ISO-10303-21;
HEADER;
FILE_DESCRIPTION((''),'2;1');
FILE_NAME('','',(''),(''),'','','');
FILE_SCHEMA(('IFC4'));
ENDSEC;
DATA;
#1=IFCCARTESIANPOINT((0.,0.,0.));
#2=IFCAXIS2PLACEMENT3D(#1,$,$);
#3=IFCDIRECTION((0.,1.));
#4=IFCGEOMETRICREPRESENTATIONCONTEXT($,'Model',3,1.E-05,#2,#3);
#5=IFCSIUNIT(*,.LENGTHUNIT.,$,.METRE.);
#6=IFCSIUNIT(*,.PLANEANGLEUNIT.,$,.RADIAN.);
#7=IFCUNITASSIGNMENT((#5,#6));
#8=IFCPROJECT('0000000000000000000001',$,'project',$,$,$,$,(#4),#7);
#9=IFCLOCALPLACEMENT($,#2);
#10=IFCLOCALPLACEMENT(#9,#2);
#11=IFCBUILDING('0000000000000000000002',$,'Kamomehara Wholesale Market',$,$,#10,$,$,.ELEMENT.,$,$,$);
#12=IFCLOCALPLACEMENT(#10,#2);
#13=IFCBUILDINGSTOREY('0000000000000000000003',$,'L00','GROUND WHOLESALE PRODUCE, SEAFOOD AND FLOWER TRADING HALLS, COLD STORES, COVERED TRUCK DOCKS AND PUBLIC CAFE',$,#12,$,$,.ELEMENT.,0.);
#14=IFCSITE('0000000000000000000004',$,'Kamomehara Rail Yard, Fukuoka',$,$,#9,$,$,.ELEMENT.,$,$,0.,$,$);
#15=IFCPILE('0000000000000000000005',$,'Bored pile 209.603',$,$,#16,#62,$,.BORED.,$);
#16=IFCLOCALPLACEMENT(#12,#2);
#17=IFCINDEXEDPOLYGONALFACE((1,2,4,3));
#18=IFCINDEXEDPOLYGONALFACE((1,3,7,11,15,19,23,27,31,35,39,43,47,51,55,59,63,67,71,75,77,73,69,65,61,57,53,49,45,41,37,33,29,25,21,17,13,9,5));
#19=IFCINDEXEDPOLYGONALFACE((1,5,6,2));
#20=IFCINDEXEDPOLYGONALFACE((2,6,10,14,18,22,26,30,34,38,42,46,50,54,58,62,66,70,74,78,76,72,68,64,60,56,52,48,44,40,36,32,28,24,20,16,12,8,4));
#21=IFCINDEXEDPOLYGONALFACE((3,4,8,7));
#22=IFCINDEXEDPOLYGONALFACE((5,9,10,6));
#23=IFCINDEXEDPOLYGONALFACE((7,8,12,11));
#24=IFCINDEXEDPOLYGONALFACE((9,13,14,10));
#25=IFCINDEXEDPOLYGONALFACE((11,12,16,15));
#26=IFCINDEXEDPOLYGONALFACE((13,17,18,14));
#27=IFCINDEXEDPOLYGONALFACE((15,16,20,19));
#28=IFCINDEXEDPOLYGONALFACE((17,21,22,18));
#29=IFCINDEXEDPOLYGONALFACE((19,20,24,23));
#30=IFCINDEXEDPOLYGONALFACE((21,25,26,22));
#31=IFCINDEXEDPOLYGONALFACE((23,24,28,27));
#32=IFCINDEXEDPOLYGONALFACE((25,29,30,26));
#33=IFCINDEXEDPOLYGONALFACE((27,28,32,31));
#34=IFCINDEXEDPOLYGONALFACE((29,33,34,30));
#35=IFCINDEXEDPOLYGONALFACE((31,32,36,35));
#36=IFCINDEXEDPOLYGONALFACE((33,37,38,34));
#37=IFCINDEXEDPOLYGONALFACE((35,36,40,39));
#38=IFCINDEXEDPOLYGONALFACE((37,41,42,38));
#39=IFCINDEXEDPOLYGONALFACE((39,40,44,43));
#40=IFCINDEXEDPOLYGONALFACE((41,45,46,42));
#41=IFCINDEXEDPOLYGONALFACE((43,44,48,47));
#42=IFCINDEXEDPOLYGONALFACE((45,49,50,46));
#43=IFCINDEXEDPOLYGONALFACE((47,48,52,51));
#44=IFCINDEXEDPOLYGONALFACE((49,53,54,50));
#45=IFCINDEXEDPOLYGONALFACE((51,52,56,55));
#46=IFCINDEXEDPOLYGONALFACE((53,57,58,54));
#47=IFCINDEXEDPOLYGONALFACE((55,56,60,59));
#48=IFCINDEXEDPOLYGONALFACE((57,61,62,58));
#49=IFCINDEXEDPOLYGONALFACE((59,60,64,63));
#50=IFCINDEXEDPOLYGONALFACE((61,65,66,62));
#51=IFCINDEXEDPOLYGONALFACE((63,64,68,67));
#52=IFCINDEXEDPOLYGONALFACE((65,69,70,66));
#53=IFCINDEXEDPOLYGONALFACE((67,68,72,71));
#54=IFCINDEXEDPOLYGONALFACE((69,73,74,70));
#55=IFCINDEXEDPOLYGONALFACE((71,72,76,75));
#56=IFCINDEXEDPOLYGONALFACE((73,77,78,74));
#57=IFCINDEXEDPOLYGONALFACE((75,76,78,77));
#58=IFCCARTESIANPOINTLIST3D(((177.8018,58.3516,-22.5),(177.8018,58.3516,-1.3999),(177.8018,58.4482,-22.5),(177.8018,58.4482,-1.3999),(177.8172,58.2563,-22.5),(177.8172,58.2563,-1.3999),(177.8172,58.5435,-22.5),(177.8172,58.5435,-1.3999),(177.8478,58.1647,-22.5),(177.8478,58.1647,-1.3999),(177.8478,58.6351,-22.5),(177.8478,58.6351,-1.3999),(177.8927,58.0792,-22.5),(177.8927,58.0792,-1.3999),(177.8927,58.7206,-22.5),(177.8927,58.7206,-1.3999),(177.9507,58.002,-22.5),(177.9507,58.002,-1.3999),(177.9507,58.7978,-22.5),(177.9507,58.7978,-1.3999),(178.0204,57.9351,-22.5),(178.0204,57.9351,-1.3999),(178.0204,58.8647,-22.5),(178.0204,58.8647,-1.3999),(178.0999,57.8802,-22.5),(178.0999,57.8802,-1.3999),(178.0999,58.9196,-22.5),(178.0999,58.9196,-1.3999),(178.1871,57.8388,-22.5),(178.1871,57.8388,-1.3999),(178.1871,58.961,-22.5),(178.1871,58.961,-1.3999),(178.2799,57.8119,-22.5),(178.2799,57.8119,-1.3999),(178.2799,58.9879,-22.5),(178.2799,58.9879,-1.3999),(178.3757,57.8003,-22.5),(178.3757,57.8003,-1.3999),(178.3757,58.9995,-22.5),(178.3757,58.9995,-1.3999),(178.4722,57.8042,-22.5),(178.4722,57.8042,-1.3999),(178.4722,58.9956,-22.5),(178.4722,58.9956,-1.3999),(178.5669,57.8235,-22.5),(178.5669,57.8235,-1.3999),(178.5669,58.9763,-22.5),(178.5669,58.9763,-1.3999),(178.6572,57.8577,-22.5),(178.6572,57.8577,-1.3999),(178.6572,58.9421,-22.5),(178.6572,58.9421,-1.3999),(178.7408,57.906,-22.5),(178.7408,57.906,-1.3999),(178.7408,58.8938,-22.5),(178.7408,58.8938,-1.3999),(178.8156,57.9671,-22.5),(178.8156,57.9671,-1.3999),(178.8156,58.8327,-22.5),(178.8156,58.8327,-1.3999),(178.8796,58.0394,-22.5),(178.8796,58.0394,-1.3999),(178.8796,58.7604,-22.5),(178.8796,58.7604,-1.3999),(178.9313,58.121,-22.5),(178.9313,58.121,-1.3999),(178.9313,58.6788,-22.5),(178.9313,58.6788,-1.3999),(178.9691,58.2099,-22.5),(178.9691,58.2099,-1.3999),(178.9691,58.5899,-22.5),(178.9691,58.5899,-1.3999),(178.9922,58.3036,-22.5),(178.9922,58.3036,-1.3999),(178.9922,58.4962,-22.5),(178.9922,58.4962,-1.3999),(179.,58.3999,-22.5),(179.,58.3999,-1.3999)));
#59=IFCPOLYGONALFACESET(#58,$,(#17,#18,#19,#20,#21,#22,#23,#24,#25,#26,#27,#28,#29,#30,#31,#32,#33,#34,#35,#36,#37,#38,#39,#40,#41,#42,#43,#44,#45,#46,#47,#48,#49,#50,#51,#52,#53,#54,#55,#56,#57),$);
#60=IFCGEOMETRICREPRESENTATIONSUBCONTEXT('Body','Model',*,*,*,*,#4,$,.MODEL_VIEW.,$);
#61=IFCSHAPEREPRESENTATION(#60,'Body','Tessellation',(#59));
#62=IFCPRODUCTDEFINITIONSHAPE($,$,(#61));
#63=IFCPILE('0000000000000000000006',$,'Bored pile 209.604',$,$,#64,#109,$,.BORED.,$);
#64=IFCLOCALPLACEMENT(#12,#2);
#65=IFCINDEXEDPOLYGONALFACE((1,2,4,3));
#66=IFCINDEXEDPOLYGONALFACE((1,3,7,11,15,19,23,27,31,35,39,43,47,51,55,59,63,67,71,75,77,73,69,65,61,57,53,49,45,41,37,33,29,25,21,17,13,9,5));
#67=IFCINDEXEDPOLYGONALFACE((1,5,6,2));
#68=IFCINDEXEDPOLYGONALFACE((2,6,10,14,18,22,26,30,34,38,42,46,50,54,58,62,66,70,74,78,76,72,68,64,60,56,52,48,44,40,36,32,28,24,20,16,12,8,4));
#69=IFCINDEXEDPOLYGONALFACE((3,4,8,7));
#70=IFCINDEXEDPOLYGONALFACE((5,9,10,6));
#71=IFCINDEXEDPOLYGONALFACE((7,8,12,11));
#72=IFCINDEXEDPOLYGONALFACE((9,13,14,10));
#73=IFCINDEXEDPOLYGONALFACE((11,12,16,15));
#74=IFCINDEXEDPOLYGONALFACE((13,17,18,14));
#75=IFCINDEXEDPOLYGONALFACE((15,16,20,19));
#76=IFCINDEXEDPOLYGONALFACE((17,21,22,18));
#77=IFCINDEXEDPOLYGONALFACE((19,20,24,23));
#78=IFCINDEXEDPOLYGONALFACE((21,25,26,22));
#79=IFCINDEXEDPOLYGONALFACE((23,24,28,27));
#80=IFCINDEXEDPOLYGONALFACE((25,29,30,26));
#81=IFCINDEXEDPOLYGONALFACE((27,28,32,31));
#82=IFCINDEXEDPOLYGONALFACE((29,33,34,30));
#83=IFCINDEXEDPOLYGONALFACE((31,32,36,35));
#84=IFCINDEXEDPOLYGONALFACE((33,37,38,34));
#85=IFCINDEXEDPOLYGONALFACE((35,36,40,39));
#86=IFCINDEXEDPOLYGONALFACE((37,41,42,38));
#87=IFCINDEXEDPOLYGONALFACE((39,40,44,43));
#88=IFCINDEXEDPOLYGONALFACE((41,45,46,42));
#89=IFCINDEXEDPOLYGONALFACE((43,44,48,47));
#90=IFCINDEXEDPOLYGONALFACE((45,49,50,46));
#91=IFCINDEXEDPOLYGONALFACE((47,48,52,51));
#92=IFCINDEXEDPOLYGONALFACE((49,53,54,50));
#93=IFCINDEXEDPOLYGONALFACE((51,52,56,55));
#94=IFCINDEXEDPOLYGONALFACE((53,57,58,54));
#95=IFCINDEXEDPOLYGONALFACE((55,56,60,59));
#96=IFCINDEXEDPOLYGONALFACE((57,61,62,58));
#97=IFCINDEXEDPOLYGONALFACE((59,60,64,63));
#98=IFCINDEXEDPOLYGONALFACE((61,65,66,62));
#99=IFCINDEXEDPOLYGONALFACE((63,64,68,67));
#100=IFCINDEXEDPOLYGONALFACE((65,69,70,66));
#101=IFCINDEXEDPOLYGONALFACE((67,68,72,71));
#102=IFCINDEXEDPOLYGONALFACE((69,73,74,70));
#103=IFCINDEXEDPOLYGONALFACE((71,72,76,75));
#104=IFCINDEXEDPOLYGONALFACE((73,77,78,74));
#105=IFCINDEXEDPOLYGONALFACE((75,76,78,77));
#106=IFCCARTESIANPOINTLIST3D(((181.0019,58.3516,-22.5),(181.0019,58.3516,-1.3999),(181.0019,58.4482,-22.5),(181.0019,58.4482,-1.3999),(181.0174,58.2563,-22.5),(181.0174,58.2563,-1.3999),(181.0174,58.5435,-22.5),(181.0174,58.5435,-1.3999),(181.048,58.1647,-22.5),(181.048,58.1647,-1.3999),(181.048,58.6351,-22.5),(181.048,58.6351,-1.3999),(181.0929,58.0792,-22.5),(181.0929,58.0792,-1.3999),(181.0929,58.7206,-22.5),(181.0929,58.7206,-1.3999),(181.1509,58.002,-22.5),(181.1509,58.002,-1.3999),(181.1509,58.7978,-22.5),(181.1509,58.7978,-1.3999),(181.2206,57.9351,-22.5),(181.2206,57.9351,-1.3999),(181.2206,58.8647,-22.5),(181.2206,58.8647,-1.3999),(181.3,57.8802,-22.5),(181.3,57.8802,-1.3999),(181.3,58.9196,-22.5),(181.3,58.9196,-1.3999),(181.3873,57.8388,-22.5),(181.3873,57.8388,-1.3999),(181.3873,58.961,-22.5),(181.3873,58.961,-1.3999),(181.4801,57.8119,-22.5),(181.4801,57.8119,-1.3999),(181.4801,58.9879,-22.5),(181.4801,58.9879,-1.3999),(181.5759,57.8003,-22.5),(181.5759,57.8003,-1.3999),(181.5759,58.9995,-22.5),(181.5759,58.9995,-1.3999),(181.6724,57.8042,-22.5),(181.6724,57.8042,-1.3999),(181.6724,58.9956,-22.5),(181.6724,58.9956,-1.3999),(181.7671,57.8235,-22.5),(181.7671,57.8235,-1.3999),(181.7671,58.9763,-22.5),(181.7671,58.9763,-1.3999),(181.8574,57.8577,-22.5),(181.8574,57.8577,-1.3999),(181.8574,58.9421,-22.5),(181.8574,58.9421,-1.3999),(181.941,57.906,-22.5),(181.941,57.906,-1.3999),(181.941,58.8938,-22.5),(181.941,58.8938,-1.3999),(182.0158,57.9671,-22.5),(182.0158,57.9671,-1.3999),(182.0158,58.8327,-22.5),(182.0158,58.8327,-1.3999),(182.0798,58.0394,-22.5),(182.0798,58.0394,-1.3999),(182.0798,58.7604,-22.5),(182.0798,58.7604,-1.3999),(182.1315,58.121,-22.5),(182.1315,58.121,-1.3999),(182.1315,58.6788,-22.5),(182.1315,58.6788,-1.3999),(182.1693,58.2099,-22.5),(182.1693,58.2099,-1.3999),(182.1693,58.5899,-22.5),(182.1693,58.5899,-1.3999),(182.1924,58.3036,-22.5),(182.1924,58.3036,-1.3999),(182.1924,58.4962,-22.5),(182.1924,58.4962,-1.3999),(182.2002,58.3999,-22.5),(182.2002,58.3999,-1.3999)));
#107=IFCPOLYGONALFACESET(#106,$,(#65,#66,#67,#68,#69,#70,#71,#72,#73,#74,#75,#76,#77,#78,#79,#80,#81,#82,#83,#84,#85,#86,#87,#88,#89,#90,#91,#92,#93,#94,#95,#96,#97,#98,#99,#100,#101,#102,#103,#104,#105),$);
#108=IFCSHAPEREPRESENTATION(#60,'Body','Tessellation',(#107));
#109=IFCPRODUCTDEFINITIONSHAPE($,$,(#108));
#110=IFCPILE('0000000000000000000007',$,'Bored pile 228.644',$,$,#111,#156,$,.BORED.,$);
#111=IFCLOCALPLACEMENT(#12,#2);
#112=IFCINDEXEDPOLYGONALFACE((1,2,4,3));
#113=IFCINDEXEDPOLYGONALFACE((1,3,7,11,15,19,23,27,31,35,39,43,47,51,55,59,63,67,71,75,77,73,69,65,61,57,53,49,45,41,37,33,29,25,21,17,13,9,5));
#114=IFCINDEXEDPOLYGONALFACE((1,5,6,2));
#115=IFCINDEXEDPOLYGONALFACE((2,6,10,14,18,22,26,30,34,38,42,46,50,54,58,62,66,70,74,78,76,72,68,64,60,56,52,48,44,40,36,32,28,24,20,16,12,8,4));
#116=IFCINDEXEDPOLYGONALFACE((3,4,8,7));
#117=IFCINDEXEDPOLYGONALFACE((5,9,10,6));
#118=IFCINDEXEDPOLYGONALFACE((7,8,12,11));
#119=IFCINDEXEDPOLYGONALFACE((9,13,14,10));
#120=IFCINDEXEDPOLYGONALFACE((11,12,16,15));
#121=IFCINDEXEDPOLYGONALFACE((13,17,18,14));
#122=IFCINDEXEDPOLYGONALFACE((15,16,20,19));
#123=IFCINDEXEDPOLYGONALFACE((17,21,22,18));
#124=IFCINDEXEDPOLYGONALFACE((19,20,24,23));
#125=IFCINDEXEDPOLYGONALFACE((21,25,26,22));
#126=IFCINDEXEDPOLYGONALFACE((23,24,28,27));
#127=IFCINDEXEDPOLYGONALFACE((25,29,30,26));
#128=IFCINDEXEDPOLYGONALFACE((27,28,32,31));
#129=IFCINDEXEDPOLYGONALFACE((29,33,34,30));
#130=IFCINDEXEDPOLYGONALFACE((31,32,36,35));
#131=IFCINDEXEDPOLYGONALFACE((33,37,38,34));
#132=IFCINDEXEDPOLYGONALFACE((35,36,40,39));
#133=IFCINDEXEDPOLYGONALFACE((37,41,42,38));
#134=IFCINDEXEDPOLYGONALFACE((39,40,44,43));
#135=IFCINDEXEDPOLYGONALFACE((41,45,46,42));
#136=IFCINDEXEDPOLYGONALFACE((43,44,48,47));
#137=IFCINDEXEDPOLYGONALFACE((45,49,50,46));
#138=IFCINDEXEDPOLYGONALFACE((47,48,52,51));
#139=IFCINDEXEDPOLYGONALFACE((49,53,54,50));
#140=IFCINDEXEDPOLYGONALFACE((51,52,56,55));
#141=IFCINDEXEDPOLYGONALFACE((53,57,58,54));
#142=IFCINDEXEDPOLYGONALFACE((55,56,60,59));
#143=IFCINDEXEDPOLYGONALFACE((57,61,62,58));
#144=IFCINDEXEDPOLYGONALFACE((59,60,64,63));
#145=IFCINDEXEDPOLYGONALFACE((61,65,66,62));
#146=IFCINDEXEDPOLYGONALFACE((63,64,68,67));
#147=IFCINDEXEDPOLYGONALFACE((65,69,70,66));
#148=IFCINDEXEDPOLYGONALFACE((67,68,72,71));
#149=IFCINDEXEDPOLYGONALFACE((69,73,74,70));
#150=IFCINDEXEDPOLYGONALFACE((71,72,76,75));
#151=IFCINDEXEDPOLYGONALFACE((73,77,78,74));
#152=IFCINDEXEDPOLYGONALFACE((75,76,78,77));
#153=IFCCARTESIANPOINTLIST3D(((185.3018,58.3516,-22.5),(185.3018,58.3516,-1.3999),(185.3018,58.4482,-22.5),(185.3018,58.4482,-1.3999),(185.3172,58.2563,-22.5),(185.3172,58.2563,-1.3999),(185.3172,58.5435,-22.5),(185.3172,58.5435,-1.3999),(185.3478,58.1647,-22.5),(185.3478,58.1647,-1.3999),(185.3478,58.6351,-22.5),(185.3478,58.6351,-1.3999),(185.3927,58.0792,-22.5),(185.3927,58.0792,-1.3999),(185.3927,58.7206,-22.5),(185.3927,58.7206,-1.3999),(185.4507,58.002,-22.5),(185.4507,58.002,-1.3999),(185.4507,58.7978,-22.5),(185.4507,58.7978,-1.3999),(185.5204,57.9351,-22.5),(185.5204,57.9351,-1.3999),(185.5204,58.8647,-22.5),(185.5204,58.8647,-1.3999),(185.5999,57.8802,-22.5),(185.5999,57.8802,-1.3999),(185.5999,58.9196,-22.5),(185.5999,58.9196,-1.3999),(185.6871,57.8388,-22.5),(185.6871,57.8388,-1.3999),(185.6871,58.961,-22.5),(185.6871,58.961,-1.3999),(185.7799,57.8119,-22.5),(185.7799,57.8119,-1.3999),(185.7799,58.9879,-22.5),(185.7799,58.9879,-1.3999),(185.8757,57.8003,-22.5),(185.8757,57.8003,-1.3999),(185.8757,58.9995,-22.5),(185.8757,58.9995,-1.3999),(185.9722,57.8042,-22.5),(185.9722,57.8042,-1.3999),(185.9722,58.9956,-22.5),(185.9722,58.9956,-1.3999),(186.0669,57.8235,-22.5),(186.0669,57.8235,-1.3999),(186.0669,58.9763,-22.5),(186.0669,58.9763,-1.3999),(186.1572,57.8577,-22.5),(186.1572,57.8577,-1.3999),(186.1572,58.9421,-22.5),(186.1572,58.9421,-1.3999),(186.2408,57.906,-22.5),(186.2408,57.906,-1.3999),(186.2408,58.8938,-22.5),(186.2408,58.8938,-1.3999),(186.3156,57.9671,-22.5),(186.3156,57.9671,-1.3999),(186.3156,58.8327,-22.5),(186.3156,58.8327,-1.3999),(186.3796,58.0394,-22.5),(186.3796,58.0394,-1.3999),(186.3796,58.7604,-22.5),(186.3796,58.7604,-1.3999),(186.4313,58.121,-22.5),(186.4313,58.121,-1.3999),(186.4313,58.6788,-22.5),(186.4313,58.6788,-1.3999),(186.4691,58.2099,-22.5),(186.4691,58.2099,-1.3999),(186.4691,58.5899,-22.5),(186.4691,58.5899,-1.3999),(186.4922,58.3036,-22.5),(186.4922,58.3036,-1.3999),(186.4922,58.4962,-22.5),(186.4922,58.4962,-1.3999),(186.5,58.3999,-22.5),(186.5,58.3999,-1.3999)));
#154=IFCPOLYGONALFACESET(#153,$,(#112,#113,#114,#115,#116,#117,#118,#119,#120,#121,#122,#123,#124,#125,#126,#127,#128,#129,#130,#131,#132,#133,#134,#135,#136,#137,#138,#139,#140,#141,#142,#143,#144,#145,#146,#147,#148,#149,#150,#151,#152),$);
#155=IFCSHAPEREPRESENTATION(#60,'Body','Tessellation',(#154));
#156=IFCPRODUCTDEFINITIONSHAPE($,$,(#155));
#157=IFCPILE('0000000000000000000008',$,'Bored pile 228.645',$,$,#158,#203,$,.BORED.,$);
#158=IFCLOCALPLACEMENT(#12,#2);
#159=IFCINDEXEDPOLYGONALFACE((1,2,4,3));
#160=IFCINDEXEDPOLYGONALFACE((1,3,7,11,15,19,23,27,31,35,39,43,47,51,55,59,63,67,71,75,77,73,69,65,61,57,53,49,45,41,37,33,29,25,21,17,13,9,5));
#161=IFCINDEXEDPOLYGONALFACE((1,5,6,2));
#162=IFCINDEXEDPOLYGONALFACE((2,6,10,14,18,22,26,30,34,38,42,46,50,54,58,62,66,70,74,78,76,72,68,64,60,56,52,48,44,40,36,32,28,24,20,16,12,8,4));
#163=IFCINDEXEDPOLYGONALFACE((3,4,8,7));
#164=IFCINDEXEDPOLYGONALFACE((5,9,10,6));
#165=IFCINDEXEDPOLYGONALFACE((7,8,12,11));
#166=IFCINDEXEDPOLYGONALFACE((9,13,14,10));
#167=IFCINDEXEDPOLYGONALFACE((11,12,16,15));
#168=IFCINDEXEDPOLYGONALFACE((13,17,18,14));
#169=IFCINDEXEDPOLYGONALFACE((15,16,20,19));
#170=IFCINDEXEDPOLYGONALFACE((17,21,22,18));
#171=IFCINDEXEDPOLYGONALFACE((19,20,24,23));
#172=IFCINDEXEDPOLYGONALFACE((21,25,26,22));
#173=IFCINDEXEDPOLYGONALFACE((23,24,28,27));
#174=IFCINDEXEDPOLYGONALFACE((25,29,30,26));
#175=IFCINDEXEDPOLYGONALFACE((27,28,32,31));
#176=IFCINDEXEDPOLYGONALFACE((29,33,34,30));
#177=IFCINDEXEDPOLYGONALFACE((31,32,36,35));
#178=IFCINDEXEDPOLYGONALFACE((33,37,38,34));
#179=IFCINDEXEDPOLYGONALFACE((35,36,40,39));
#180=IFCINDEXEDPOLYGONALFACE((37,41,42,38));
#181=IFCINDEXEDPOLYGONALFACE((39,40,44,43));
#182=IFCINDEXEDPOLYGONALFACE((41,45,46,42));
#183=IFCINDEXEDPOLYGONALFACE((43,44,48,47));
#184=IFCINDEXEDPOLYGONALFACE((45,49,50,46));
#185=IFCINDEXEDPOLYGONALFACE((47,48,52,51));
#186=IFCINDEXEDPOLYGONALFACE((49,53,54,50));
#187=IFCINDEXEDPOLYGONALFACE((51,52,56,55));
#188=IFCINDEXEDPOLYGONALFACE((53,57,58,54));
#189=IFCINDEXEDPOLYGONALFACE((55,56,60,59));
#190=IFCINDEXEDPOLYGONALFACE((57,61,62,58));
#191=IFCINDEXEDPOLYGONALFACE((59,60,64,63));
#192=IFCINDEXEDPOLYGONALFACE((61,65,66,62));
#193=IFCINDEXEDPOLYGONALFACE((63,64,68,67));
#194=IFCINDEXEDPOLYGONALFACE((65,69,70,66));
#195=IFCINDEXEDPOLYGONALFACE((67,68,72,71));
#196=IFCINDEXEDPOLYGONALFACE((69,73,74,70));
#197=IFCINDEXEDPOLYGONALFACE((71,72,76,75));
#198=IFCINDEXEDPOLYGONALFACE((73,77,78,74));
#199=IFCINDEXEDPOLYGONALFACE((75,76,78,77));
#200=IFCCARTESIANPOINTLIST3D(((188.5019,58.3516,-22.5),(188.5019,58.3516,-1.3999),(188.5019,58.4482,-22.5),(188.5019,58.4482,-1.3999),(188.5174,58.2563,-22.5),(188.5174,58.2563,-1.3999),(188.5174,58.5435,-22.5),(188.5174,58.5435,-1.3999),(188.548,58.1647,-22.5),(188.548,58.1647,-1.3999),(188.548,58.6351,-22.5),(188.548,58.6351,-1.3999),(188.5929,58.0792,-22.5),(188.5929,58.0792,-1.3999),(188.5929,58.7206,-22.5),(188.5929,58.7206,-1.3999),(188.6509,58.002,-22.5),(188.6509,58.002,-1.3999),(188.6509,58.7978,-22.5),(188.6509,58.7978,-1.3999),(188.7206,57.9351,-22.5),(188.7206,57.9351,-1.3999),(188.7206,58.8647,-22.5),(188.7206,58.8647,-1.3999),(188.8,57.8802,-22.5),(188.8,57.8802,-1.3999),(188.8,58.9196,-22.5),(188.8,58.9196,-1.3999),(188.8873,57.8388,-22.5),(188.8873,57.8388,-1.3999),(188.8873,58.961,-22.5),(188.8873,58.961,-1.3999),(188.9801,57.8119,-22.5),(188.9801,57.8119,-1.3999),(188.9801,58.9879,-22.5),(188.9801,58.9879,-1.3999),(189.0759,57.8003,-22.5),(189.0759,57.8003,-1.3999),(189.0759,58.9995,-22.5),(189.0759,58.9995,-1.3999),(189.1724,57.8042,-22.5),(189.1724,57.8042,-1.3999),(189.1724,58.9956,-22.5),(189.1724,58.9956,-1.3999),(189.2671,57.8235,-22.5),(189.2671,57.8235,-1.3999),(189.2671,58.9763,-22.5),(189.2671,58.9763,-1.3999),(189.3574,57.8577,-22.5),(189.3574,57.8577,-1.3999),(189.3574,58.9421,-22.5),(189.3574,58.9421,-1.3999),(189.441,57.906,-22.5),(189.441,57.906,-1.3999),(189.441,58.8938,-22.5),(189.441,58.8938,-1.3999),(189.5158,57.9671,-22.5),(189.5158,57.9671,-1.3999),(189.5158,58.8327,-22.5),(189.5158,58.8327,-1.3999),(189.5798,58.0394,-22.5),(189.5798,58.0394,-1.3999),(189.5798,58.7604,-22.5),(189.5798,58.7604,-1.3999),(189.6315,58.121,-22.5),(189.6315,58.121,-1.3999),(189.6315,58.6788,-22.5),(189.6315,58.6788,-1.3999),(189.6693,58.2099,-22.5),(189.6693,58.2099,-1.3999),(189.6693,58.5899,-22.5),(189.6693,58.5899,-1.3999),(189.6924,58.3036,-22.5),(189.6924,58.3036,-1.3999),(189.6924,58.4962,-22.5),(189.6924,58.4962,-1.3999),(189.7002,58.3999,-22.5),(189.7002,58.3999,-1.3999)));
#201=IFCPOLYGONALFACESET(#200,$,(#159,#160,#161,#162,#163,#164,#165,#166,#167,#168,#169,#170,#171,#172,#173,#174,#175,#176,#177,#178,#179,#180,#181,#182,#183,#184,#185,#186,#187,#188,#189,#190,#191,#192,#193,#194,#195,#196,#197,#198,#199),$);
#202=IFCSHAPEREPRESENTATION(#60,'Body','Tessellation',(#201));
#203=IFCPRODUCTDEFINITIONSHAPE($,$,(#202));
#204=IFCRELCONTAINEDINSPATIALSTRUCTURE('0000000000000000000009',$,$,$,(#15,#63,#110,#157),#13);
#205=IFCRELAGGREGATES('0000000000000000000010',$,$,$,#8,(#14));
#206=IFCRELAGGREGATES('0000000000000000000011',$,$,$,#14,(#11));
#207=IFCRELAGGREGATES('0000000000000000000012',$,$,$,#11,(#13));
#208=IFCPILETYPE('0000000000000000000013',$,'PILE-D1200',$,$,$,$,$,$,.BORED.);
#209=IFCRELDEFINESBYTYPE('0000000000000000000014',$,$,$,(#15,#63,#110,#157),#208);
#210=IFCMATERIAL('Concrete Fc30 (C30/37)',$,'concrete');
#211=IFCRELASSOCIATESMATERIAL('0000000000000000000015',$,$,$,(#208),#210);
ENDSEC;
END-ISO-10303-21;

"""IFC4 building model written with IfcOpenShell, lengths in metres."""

from ifc_helpers import new_model, si_unit, direction, frame, origin, origin_2d, place, context, subcontext, project, spatial, circle, extrude, material, material_profile, profile_set, type_object, element, save


model = new_model("IFC4")

# Units and contexts
model_context = context("Model", 3, precision=1e-05, world=origin(), true_north=direction((0.0, 1.0)))
body_context = subcontext(model_context, "Body", "Model", "MODEL_VIEW")
ifc_project = project(units=[si_unit("LENGTHUNIT", "METRE"), si_unit("PLANEANGLEUNIT", "RADIAN")], contexts=[model_context])

# Site, building, storey
site_placement = place(None, origin())
site = spatial("IfcSite", under=ifc_project, at=site_placement, Name="Kamomehara Rail Yard, Fukuoka", CompositionType="ELEMENT", RefElevation=0.0)
building_placement = place(site_placement, origin())
building = spatial("IfcBuilding", under=site, at=building_placement, Name="Kamomehara Wholesale Market", CompositionType="ELEMENT")
storey_placement = place(building_placement, origin())
storey = spatial("IfcBuildingStorey", under=building, at=storey_placement, Name="L00", Description="GROUND WHOLESALE PRODUCE, SEAFOOD AND FLOWER TRADING HALLS, COLD STORES, COVERED TRUCK DOCKS AND PUBLIC CAFE", CompositionType="ELEMENT", Elevation=0.0)

# Piles
ifc_material_1 = material(Name="Concrete Fc30 (C30/37)", Category="concrete")
ifc_material_profile_1 = material_profile(ifc_material_1, circle(Radius=0.6001, at=origin_2d()), Name="RC-PILE-D1200")
ifc_profile_set_1 = profile_set([ifc_material_profile_1], Name="Concrete Fc30 (C30/37)")
pile_type_1 = type_object("IfcPileType", Name="PILE-D1200", PredefinedType="BORED", material=ifc_profile_set_1)
for number, where, z_axis, x_axis, name in (
    (1, (178.3999, 58.3999, -1.3999), (0.0, 0.0, -1.0), (1.0, 0.0, 0.0), "Bored pile 209.603"),
    (2, (181.6001, 58.3999, -1.3999), (0.0, 0.0, -1.0), (1.0, 0.0, 0.0), "Bored pile 209.604"),
    (3, (185.8999, 58.3999, -1.3999), (0.0, 0.0, -1.0), (1.0, 0.0, 0.0), "Bored pile 228.644"),
    (4, (189.1001, 58.3999, -1.3999), (0.0, 0.0, -1.0), (1.0, 0.0, 0.0), "Bored pile 228.645"),
):
    element("IfcPile", number, at=place(storey_placement, frame(where, z_axis=z_axis, x_axis=x_axis)), inside=storey, type_object=pile_type_1, Name=name, PredefinedType="BORED", context=body_context, shape_type="SweptSolid", body=[
        extrude(circle(Radius=0.6001, at=origin_2d()), origin(), (0.0, 0.0, 1.0), 21.1001),
    ])

save(model, "model.ifc")
